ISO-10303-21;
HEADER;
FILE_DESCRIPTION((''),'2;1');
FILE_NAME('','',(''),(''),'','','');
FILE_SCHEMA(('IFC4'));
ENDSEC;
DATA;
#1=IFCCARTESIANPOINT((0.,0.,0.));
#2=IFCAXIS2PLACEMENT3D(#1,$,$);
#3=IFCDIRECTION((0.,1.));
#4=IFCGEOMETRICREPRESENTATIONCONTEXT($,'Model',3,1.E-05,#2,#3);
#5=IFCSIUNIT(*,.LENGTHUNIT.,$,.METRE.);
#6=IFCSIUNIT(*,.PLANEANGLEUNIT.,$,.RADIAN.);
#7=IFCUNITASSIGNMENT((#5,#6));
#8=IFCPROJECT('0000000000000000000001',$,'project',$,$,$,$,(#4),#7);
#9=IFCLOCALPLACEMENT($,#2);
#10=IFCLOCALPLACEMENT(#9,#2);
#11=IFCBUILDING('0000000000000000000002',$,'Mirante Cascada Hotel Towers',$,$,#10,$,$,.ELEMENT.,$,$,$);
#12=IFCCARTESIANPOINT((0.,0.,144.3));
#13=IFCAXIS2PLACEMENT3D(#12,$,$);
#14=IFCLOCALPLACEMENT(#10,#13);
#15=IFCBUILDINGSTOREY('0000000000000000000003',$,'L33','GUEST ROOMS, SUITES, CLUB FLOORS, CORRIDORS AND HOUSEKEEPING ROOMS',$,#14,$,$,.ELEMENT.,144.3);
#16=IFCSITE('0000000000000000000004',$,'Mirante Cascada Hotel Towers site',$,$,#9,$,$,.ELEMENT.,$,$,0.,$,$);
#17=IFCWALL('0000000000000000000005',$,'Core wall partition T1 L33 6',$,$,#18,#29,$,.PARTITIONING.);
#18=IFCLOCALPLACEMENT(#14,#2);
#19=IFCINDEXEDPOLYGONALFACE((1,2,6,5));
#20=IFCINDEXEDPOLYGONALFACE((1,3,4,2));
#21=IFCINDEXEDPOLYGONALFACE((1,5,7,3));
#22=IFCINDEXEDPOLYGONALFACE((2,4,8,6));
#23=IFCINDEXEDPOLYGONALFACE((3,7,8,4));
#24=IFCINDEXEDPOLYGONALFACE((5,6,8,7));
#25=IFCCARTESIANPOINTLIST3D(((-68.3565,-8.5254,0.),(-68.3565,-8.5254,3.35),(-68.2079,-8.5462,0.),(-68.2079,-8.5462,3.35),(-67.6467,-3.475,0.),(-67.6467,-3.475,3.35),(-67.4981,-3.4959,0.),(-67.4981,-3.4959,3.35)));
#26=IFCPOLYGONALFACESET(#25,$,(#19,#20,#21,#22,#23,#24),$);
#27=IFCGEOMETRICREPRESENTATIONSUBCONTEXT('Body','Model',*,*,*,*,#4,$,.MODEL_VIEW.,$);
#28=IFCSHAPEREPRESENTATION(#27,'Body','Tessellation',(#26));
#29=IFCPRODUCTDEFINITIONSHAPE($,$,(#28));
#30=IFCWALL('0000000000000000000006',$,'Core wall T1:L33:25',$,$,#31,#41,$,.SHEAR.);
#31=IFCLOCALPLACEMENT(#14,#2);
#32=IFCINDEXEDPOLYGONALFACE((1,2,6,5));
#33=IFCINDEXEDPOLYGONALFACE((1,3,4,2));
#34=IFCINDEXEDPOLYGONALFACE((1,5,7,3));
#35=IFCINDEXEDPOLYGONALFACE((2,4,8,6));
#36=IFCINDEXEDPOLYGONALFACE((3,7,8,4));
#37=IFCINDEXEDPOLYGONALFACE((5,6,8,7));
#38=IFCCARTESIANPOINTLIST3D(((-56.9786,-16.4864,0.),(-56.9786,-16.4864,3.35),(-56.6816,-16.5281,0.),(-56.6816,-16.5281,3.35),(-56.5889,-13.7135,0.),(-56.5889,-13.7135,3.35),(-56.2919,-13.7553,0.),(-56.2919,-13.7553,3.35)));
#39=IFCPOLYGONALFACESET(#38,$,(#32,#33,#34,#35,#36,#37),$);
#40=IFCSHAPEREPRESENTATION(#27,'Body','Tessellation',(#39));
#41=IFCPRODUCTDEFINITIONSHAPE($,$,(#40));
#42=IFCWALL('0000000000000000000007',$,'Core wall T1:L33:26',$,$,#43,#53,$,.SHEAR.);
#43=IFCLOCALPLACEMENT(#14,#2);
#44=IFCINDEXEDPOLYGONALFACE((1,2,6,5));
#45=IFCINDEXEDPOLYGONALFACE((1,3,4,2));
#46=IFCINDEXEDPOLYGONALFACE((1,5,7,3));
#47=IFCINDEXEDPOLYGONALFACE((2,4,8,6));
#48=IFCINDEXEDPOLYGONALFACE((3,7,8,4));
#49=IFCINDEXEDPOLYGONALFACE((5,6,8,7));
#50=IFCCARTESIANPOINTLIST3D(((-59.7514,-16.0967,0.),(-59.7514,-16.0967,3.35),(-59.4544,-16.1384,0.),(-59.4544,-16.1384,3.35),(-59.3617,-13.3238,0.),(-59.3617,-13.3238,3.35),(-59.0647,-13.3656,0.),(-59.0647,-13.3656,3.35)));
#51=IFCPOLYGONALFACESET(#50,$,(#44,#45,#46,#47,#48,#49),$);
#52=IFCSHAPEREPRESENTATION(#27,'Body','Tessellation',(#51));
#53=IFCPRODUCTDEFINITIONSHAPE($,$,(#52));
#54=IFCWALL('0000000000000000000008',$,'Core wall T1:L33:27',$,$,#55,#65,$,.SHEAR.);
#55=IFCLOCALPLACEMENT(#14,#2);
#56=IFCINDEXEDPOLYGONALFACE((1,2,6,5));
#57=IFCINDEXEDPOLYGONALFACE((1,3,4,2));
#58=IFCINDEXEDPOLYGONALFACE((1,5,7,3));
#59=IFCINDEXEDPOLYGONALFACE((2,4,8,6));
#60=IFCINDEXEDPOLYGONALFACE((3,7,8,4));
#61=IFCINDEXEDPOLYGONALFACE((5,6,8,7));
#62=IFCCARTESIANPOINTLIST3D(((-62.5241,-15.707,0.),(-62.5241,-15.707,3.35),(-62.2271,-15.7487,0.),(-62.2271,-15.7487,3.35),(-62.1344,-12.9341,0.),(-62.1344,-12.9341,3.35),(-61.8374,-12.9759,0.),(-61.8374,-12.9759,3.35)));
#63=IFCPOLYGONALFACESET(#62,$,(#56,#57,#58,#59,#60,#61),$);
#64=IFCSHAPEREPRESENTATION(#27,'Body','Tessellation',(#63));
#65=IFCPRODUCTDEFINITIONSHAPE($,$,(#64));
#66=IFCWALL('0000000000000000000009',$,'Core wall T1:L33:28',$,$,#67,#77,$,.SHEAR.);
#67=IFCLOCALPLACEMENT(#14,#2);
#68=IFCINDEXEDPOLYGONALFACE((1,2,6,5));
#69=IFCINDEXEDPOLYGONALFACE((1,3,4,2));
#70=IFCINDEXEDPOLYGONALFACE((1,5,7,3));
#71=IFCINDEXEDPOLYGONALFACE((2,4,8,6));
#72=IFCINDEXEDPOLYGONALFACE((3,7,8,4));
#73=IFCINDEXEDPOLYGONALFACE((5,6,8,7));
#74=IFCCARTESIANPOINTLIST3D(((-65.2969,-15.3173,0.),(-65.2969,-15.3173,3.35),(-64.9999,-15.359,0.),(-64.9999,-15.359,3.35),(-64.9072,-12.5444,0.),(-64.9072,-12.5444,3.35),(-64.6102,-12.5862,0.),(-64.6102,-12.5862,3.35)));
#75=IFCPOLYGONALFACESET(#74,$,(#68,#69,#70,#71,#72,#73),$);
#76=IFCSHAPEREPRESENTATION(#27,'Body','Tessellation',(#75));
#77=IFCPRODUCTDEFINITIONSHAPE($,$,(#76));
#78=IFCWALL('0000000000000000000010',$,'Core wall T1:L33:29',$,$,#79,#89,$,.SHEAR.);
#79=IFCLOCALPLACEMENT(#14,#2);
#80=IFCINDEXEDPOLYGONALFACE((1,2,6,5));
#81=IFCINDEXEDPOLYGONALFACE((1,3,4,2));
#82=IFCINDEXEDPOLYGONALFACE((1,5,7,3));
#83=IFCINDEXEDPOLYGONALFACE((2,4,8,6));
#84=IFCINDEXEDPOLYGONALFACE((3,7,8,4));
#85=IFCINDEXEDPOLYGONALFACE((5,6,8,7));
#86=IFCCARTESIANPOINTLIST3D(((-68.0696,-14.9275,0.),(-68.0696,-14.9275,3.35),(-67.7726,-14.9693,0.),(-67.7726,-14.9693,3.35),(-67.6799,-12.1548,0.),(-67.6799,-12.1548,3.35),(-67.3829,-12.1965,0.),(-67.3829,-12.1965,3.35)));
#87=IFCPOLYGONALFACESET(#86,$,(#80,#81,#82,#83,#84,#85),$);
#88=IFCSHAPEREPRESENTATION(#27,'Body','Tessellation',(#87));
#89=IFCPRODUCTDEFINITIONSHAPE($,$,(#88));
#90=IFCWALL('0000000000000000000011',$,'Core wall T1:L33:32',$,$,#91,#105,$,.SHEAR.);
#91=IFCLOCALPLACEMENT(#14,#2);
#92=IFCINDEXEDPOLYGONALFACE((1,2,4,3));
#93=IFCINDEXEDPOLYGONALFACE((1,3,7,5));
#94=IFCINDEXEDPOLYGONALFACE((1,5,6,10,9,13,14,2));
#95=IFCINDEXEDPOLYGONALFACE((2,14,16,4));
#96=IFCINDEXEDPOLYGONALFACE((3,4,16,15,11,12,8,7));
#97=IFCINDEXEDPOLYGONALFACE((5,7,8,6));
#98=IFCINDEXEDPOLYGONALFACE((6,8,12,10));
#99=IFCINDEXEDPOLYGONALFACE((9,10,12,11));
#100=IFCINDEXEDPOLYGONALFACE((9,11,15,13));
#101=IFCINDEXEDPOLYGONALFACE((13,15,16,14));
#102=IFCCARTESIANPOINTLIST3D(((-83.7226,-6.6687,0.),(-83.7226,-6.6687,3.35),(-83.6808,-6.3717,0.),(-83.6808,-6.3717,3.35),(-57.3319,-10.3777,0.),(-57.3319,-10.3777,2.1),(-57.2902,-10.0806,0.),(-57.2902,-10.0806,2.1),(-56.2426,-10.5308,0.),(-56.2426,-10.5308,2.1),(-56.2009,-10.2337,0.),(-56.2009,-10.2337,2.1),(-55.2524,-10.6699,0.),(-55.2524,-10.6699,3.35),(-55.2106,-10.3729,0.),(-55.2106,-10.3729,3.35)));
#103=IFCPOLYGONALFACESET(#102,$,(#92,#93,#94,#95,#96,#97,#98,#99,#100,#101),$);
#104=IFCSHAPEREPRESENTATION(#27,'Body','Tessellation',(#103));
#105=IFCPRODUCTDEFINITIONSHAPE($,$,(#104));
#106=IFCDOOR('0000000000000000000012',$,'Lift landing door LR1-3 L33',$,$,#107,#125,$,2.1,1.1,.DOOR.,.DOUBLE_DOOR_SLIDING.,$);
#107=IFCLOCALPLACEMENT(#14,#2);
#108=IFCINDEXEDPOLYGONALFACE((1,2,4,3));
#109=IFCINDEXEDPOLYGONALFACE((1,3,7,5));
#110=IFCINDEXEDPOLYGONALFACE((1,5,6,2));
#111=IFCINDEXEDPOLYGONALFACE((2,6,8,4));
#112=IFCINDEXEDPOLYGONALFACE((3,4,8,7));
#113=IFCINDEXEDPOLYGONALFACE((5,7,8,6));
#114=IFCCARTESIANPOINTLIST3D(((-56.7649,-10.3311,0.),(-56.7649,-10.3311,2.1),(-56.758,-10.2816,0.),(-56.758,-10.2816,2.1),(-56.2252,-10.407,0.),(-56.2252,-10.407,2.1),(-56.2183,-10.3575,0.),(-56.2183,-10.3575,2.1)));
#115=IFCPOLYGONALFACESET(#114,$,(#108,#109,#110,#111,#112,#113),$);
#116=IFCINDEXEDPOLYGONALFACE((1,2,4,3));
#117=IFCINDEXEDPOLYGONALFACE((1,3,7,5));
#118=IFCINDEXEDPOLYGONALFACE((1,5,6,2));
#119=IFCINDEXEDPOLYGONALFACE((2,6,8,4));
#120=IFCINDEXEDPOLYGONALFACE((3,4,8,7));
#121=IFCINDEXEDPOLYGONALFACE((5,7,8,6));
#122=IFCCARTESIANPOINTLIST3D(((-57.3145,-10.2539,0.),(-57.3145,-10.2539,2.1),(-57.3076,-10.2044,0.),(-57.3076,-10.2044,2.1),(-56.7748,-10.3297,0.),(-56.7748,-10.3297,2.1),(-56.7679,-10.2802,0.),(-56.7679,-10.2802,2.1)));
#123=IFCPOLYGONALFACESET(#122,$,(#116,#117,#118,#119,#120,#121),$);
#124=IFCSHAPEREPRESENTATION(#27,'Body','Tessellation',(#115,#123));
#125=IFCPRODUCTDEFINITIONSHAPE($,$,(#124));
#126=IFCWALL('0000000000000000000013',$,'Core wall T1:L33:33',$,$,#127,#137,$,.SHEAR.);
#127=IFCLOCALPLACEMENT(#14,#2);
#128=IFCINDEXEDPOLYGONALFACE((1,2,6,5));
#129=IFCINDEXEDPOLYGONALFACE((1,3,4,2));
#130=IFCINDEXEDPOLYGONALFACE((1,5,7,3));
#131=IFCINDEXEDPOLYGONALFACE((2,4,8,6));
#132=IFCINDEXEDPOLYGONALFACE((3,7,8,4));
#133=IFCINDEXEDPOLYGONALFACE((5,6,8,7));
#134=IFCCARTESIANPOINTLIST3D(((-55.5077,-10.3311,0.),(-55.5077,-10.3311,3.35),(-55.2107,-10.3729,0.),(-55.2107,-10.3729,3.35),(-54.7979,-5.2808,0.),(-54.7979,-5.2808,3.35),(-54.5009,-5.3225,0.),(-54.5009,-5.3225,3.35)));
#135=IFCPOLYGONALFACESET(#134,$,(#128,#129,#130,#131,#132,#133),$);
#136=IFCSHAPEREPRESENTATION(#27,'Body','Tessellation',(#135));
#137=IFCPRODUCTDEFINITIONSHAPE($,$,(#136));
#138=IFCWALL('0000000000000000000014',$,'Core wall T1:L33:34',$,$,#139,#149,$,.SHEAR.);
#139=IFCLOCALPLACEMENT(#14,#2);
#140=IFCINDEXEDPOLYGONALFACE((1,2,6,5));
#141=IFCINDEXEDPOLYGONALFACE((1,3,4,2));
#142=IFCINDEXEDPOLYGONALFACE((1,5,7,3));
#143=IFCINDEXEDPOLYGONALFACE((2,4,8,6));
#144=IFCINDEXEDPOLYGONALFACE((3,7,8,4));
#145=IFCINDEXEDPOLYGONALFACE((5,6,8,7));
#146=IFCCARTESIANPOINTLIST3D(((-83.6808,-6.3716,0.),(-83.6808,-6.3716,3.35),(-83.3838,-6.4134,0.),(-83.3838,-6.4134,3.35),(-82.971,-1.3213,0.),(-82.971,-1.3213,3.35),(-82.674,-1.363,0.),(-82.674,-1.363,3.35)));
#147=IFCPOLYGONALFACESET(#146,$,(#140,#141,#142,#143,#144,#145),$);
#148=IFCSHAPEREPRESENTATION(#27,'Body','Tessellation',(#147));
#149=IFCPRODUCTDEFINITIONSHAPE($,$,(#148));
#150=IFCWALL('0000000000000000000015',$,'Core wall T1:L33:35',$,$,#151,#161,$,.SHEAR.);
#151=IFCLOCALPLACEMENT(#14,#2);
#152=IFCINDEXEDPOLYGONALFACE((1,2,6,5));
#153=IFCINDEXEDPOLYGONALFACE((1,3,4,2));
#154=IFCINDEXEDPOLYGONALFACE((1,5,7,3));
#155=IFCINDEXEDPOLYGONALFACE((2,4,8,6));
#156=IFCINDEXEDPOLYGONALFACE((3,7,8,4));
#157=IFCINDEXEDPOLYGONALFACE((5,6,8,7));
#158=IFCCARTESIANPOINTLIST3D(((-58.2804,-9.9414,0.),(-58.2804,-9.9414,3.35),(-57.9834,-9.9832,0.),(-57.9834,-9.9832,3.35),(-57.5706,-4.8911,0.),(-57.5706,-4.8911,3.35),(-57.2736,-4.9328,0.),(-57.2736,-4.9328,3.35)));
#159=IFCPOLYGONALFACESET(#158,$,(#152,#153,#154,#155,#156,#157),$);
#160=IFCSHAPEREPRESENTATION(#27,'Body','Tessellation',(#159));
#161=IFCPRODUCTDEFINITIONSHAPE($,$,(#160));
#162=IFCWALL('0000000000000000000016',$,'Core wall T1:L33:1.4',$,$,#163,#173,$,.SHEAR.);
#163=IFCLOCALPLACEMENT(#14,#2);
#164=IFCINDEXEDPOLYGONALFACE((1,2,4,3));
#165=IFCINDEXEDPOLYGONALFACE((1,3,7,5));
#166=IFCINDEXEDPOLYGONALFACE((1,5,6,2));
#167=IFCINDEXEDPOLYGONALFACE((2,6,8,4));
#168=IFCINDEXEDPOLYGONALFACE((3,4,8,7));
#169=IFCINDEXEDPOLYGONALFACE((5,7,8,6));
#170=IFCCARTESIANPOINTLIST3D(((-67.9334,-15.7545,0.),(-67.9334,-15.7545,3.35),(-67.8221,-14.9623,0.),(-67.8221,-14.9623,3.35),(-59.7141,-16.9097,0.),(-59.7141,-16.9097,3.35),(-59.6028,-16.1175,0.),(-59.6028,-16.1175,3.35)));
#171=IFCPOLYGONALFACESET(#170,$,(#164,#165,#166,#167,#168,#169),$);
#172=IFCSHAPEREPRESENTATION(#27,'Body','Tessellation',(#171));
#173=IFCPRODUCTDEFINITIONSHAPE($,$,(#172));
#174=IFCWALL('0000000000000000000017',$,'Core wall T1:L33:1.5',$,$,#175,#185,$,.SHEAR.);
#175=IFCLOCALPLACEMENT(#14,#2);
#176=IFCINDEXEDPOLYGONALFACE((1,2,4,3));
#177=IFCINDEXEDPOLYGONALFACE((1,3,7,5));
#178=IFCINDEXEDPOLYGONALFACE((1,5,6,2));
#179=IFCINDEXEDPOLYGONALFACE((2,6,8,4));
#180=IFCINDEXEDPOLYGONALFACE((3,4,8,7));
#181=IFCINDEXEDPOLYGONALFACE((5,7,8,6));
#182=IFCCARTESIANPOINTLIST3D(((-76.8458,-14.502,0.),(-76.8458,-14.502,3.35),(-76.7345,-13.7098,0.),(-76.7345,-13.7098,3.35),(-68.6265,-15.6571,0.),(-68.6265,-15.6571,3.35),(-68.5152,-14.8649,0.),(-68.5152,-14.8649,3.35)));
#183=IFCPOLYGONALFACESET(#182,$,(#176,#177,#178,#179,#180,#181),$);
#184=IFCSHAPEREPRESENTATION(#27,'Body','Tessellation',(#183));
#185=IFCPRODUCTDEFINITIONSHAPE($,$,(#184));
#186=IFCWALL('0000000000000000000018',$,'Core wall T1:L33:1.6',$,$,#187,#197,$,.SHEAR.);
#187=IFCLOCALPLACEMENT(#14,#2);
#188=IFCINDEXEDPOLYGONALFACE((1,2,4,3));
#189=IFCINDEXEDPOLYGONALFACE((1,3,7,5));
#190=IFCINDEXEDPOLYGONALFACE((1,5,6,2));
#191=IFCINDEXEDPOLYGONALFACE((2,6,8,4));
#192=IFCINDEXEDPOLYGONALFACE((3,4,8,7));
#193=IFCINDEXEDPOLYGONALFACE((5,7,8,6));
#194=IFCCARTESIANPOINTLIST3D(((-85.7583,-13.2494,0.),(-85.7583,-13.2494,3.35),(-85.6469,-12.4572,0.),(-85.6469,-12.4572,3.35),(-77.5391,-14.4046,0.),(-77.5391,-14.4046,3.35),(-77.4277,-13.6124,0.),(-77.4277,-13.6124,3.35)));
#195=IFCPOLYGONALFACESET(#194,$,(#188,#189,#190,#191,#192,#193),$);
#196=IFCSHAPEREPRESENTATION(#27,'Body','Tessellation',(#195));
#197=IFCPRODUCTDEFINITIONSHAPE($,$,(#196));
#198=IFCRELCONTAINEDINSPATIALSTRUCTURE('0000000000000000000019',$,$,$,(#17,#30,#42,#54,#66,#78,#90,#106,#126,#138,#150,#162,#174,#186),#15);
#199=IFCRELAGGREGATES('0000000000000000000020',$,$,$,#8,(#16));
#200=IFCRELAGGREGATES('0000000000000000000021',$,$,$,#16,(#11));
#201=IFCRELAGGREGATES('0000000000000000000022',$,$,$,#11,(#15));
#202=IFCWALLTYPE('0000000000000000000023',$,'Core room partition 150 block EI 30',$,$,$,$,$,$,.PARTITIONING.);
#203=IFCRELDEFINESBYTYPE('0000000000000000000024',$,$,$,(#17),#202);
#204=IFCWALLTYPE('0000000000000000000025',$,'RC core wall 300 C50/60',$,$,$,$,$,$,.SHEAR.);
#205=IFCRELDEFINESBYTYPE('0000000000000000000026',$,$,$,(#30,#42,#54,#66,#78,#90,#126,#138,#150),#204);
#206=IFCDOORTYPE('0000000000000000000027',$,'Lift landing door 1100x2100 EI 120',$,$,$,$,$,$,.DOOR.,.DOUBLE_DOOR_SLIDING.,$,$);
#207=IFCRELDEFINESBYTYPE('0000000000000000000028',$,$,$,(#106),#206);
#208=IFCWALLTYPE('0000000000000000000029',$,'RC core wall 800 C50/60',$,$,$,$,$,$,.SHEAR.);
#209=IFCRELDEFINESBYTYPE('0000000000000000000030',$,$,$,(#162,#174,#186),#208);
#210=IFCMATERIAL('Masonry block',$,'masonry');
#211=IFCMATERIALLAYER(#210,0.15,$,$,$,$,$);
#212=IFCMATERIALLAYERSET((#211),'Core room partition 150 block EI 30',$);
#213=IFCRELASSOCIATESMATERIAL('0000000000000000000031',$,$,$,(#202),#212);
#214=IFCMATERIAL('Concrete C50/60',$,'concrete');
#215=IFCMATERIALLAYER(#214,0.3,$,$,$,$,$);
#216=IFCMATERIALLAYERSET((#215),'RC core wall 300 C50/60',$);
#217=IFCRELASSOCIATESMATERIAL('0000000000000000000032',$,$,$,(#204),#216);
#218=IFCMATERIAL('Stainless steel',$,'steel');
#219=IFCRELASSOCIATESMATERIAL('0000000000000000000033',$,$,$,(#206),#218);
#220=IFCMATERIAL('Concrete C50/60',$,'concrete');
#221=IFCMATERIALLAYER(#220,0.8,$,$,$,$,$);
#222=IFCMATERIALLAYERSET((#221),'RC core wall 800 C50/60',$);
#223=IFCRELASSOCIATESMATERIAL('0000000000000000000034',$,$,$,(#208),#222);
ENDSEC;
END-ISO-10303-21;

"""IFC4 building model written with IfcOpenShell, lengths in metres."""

from ifc_helpers import new_model, si_unit, direction, frame, frame_2d, origin, place, context, subcontext, project, spatial, rectangle, extrude, material, layer, layer_set, type_object, element, fill, save


model = new_model("IFC4")

# Units and contexts
model_context = context("Model", 3, precision=1e-05, world=origin(), true_north=direction((0.0, 1.0)))
body_context = subcontext(model_context, "Body", "Model", "MODEL_VIEW")
ifc_project = project(units=[si_unit("LENGTHUNIT", "METRE"), si_unit("PLANEANGLEUNIT", "RADIAN")], contexts=[model_context])

# Site, building, storey
site_placement = place(None, origin())
site = spatial("IfcSite", under=ifc_project, at=site_placement, Name="Mirante Cascada Hotel Towers site", CompositionType="ELEMENT", RefElevation=0.0)
building_placement = place(site_placement, origin())
building = spatial("IfcBuilding", under=site, at=building_placement, Name="Mirante Cascada Hotel Towers", CompositionType="ELEMENT")
storey_placement = place(building_placement, frame((0.0, 0.0, 144.3)))
storey = spatial("IfcBuildingStorey", under=building, at=storey_placement, Name="L33", Description="GUEST ROOMS, SUITES, CLUB FLOORS, CORRIDORS AND HOUSEKEEPING ROOMS", CompositionType="ELEMENT", Elevation=144.3)

# Walls
ifc_material_1 = material(Name="Masonry block", Category="masonry")
ifc_layer_1 = layer(ifc_material_1, 0.15)
ifc_layer_set_1 = layer_set([ifc_layer_1], Name="Core room partition 150 block EI 30")
wall_type_1 = type_object("IfcWallType", Name="Core room partition 150 block EI 30", PredefinedType="PARTITIONING", material=ifc_layer_set_1)
wall_1_placement = place(storey_placement, frame((-68.2822, -8.5358, 0.0), z_axis=(0.0, 0.0, 1.0), x_axis=(0.139176, 0.990268, 0.0)))
element("IfcWall", 1, at=wall_1_placement, inside=storey, type_object=wall_type_1, Name="Core wall partition T1 L33 6", PredefinedType="PARTITIONING", context=body_context, shape_type="SweptSolid", body=[
    extrude(rectangle(XDim=5.1, YDim=0.15, at=frame_2d((2.55, 0.0))), origin(), (0.0, 0.0, 1.0), 3.35),
])
ifc_material_2 = material(Name="Concrete C50/60", Category="concrete")
ifc_layer_2 = layer(ifc_material_2, 0.3)
ifc_layer_set_2 = layer_set([ifc_layer_2], Name="RC core wall 300 C50/60")
wall_type_2 = type_object("IfcWallType", Name="RC core wall 300 C50/60", PredefinedType="SHEAR", material=ifc_layer_set_2)
for number, where, z_axis, x_axis, name in (
    (2, (-56.8301, -16.5072, 0.0), (0.0, 0.0, 1.0), (0.139176, 0.990268, 0.0), "Core wall T1:L33:25"),
    (3, (-59.6029, -16.1175, 0.0), (0.0, 0.0, 1.0), (0.139176, 0.990268, 0.0), "Core wall T1:L33:26"),
    (4, (-62.3756, -15.7278, 0.0), (0.0, 0.0, 1.0), (0.139176, 0.990268, 0.0), "Core wall T1:L33:27"),
    (5, (-65.1484, -15.3381, 0.0), (0.0, 0.0, 1.0), (0.139176, 0.990268, 0.0), "Core wall T1:L33:28"),
):
    element("IfcWall", number, at=place(storey_placement, frame(where, z_axis=z_axis, x_axis=x_axis)), inside=storey, type_object=wall_type_2, Name=name, PredefinedType="SHEAR", context=body_context, shape_type="SweptSolid", body=[
        extrude(rectangle(XDim=2.8001, YDim=0.3, at=frame_2d((1.4, 0.0))), origin(), (0.0, 0.0, 1.0), 3.35),
    ])
wall_2_placement = place(storey_placement, frame((-67.9211, -14.9484, 0.0), z_axis=(0.0, 0.0, 1.0), x_axis=(0.139181, 0.990267, 0.0)))
element("IfcWall", 6, at=wall_2_placement, inside=storey, type_object=wall_type_2, Name="Core wall T1:L33:29", PredefinedType="SHEAR", context=body_context, shape_type="SweptSolid", body=[
    extrude(rectangle(XDim=2.8, YDim=0.3, at=frame_2d((1.4, 0.0))), origin(), (0.0, 0.0, 1.0), 3.35),
])

# Wall, opening, door
wall_3_placement = place(storey_placement, frame((-55.2315, -10.5214, 0.0), z_axis=(0.0, 0.0, 1.0), x_axis=(-0.990268, 0.139172, 0.0)))
wall_3 = element("IfcWall", 7, at=wall_3_placement, inside=storey, type_object=wall_type_2, Name="Core wall T1:L33:32", PredefinedType="SHEAR", context=body_context, shape_type="SweptSolid", body=[
    extrude(rectangle(XDim=28.75, YDim=0.3, at=frame_2d((14.375, 0.0))), origin(), (0.0, 0.0, 1.0), 3.35),
])
opening_placement = place(wall_3_placement, frame((1.0, 0.0, 0.0)))
opening = element("IfcOpeningElement", 8, at=opening_placement, cuts=wall_3, PredefinedType="OPENING", context=body_context, shape_type="SweptSolid", body=[
    extrude(rectangle(XDim=1.1, YDim=2.1, at=frame_2d((0.55, 1.05))), frame((0.0, 0.15, 0.0), z_axis=(0.0, -1.0, 0.0), x_axis=(1.0, 0.0, 0.0)), (0.0, 0.0, 1.0), 0.3),
])
ifc_material_3 = material(Name="Stainless steel", Category="steel")
door_type = type_object("IfcDoorType", Name="Lift landing door 1100x2100 EI 120", OperationType="DOUBLE_DOOR_SLIDING", PredefinedType="DOOR", material=ifc_material_3)
door_placement = place(opening_placement, origin())
door = element("IfcDoor", 9, at=door_placement, inside=storey, type_object=door_type, Name="Lift landing door LR1-3 L33", OperationType="DOUBLE_DOOR_SLIDING", OverallHeight=2.1, OverallWidth=1.1, PredefinedType="DOOR", context=body_context, shape_type="SweptSolid", body=[
    extrude(rectangle(XDim=0.545, YDim=2.1, at=frame_2d((0.2725, 1.05))), frame((0.0, 0.025, 0.0), z_axis=(0.0, -1.0, 0.0), x_axis=(1.0, 0.0, 0.0)), (0.0, 0.0, 1.0), 0.05),
    extrude(rectangle(XDim=0.545, YDim=2.1, at=frame_2d((0.8275, 1.05))), frame((0.0, 0.025, 0.0), z_axis=(0.0, -1.0, 0.0), x_axis=(1.0, 0.0, 0.0)), (0.0, 0.0, 1.0), 0.05),
])
fill(opening, door)

# Walls
for number, where, z_axis, x_axis, name in (
    (10, (-55.3592, -10.352, 0.0), (0.0, 0.0, 1.0), (0.139176, 0.990268, 0.0), "Core wall T1:L33:33"),
    (11, (-83.5323, -6.3925, 0.0), (0.0, 0.0, 1.0), (0.139176, 0.990268, 0.0), "Core wall T1:L33:34"),
    (12, (-58.1319, -9.9623, 0.0), (0.0, 0.0, 1.0), (0.139176, 0.990268, 0.0), "Core wall T1:L33:35"),
):
    element("IfcWall", number, at=place(storey_placement, frame(where, z_axis=z_axis, x_axis=x_axis)), inside=storey, type_object=wall_type_2, Name=name, PredefinedType="SHEAR", context=body_context, shape_type="SweptSolid", body=[
        extrude(rectangle(XDim=5.1, YDim=0.3, at=frame_2d((2.55, 0.0))), origin(), (0.0, 0.0, 1.0), 3.35),
    ])
ifc_material_4 = material(Name="Concrete C50/60", Category="concrete")
ifc_layer_3 = layer(ifc_material_4, 0.8)
ifc_layer_set_3 = layer_set([ifc_layer_3], Name="RC core wall 800 C50/60")
wall_type_3 = type_object("IfcWallType", Name="RC core wall 800 C50/60", PredefinedType="SHEAR", material=ifc_layer_set_3)
for number, where, z_axis, x_axis, name in (
    (13, (-59.6585, -16.5136, 0.0), (0.0, 0.0, 1.0), (-0.990267, 0.139179, 0.0), "Core wall T1:L33:1.4"),
    (14, (-68.5709, -15.261, 0.0), (0.0, 0.0, 1.0), (-0.990269, 0.139167, 0.0), "Core wall T1:L33:1.5"),
):
    element("IfcWall", number, at=place(storey_placement, frame(where, z_axis=z_axis, x_axis=x_axis)), inside=storey, type_object=wall_type_3, Name=name, PredefinedType="SHEAR", context=body_context, shape_type="SweptSolid", body=[
        extrude(rectangle(XDim=8.3001, YDim=0.8, at=frame_2d((4.15, 0.0))), origin(), (0.0, 0.0, 1.0), 3.35),
    ])
wall_4_placement = place(storey_placement, frame((-77.4834, -14.0085, 0.0), z_axis=(0.0, 0.0, 1.0), x_axis=(-0.990267, 0.139181, 0.0)))
element("IfcWall", 15, at=wall_4_placement, inside=storey, type_object=wall_type_3, Name="Core wall T1:L33:1.6", PredefinedType="SHEAR", context=body_context, shape_type="SweptSolid", body=[
    extrude(rectangle(XDim=8.3, YDim=0.8, at=frame_2d((4.15, 0.0))), origin(), (0.0, 0.0, 1.0), 3.35),
])

save(model, "model.ifc")
